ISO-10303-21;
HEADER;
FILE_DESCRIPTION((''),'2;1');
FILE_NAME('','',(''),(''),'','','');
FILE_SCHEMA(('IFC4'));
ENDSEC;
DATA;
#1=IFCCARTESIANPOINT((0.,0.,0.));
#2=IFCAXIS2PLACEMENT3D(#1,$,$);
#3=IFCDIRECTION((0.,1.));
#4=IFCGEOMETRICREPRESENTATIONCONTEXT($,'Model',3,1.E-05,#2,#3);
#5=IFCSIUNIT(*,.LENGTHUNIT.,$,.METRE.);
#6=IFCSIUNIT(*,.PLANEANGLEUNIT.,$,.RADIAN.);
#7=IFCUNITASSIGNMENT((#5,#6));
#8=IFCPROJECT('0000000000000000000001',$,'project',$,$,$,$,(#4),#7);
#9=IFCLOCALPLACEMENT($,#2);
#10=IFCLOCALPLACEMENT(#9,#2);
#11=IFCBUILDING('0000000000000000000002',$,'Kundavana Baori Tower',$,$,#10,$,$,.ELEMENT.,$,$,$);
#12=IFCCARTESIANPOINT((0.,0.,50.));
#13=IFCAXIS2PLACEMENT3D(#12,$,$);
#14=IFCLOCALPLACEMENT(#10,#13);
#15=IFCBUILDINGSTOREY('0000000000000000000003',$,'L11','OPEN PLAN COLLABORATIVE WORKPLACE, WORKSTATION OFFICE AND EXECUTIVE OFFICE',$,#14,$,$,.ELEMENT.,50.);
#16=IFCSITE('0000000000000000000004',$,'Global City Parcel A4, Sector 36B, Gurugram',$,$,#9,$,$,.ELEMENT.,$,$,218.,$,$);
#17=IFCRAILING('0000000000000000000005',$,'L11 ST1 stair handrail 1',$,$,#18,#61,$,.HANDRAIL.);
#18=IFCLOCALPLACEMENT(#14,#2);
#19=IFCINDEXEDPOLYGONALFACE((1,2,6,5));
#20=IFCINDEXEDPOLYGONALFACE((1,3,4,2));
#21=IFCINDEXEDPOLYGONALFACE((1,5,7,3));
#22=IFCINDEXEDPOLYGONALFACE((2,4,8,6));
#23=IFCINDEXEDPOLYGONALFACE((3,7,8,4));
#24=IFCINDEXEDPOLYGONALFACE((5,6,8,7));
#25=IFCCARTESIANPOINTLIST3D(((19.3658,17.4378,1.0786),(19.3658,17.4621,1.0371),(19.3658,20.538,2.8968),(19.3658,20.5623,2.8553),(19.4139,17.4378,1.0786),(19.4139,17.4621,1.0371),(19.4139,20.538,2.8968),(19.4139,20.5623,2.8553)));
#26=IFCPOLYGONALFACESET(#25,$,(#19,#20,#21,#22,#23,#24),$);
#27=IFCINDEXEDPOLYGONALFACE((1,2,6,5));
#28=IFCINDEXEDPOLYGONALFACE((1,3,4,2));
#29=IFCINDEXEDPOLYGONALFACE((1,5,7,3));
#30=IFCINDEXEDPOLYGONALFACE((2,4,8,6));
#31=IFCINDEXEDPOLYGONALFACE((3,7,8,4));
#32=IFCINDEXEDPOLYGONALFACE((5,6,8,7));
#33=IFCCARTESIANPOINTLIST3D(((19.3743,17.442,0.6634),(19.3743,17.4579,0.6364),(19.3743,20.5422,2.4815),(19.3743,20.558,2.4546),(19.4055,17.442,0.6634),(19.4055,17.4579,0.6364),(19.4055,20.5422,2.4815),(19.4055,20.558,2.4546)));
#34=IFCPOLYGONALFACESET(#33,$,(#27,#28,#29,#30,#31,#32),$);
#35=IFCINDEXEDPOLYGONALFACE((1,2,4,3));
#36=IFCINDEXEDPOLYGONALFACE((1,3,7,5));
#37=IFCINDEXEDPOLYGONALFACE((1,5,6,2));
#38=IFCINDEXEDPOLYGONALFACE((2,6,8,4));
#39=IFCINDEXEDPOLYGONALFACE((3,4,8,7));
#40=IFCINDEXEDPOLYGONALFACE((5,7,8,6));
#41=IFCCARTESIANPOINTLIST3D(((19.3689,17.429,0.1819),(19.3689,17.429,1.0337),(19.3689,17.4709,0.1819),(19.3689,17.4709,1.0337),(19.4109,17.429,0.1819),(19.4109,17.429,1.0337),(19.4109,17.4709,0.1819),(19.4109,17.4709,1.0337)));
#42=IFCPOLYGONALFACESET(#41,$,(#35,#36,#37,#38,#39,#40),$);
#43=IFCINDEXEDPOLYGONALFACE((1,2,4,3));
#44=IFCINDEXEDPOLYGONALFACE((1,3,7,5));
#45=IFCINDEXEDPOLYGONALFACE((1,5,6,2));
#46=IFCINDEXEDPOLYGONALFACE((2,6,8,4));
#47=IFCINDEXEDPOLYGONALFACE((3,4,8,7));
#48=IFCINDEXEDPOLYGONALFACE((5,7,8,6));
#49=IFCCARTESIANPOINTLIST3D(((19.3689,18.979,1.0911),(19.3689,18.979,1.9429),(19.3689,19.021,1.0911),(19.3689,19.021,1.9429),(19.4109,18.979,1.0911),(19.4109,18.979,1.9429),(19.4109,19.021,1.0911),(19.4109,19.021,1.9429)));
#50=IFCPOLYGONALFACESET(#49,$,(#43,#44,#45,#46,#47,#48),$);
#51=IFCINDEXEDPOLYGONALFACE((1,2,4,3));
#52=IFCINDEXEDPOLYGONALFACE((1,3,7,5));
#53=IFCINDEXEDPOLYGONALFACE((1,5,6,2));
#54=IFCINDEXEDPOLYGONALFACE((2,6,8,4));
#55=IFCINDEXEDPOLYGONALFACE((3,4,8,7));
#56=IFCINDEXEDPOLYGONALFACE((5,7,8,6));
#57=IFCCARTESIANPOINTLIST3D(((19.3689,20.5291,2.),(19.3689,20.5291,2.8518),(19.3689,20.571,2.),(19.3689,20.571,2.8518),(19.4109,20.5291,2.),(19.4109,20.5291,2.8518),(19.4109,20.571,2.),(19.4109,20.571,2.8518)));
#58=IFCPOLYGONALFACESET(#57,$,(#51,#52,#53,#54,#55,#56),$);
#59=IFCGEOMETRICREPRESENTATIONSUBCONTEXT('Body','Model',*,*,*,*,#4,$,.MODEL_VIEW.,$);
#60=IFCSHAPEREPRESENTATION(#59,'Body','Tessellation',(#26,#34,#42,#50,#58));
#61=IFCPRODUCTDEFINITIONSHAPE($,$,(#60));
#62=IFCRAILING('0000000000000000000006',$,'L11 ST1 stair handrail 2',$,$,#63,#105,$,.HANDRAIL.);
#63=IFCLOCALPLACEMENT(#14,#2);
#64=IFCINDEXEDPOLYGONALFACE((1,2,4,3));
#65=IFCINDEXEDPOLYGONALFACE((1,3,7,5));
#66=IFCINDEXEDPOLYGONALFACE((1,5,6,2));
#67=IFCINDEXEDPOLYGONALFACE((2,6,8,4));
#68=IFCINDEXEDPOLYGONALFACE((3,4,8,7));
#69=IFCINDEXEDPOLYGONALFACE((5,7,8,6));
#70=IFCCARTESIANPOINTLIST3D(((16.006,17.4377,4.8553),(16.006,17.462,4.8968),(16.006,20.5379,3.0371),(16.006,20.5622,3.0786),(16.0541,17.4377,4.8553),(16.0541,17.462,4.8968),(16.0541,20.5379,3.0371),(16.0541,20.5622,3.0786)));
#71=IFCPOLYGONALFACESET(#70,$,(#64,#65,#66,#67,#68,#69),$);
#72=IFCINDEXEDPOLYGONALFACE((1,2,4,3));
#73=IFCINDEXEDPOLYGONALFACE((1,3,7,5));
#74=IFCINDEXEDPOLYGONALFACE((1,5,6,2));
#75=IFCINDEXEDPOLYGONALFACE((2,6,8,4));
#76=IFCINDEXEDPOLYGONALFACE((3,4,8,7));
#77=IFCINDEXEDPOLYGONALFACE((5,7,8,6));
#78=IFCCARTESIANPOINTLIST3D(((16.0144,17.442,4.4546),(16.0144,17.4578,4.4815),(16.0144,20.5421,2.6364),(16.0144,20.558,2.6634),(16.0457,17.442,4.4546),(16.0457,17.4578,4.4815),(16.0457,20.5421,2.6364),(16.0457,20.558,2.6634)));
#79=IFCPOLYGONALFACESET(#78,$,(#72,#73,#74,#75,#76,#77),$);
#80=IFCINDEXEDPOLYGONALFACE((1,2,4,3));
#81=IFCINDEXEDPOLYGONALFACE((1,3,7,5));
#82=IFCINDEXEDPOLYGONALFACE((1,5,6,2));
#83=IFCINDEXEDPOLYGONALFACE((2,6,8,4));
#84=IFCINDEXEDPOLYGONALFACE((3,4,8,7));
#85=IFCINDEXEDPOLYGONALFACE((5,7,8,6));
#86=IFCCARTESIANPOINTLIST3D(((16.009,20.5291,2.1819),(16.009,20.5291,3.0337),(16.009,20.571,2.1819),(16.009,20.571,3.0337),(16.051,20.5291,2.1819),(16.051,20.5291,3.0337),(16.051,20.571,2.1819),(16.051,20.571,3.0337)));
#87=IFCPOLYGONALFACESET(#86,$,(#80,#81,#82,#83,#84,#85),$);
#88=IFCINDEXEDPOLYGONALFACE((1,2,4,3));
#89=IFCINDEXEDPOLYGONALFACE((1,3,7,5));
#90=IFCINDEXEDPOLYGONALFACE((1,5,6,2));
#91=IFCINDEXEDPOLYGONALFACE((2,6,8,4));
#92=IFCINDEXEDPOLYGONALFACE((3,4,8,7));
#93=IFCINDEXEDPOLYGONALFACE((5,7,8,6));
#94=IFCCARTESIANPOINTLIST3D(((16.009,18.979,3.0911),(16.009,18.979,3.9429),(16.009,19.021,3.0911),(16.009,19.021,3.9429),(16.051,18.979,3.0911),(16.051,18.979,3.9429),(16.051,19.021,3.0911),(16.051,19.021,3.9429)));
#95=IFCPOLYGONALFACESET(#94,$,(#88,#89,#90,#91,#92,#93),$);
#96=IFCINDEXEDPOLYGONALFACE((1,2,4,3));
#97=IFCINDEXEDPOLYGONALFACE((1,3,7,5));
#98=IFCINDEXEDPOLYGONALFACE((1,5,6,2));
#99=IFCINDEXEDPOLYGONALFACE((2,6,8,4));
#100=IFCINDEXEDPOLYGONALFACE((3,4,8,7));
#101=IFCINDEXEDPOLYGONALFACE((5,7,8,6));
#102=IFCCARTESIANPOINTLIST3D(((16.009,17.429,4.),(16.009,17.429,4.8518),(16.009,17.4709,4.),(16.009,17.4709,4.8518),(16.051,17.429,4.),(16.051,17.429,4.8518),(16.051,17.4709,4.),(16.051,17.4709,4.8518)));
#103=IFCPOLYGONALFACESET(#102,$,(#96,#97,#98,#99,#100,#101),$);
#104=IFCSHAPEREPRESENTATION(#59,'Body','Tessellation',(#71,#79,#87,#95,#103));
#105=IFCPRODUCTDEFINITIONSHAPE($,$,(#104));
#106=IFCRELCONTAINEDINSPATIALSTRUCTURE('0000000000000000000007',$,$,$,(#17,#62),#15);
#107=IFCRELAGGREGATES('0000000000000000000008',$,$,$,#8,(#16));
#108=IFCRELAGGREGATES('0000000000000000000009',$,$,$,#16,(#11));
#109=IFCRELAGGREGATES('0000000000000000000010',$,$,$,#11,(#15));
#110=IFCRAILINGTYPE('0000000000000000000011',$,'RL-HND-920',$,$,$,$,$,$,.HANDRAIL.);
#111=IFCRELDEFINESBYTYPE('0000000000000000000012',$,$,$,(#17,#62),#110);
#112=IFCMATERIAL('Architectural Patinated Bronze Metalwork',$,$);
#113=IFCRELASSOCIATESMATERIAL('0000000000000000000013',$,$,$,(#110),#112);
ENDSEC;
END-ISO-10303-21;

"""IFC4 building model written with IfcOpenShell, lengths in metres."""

from ifc_helpers import new_model, si_unit, direction, frame, origin, origin_2d, place, context, subcontext, project, spatial, rectangle, extrude, material, type_object, element, save


model = new_model("IFC4")

# Units and contexts
model_context = context("Model", 3, precision=1e-05, world=origin(), true_north=direction((0.0, 1.0)))
body_context = subcontext(model_context, "Body", "Model", "MODEL_VIEW")
ifc_project = project(units=[si_unit("LENGTHUNIT", "METRE"), si_unit("PLANEANGLEUNIT", "RADIAN")], contexts=[model_context])

# Site, building, storey
site_placement = place(None, origin())
site = spatial("IfcSite", under=ifc_project, at=site_placement, Name="Global City Parcel A4, Sector 36B, Gurugram", CompositionType="ELEMENT", RefElevation=218.0)
building_placement = place(site_placement, origin())
building = spatial("IfcBuilding", under=site, at=building_placement, Name="Kundavana Baori Tower", CompositionType="ELEMENT")
storey_placement = place(building_placement, frame((0.0, 0.0, 50.0)))
storey = spatial("IfcBuildingStorey", under=building, at=storey_placement, Name="L11", Description="OPEN PLAN COLLABORATIVE WORKPLACE, WORKSTATION OFFICE AND EXECUTIVE OFFICE", CompositionType="ELEMENT", Elevation=50.0)

# Railings
ifc_material_1 = material(Name="Architectural Patinated Bronze Metalwork")
railing_type_1 = type_object("IfcRailingType", Name="RL-HND-920", PredefinedType="HANDRAIL", material=ifc_material_1)
railing_1_placement = place(storey_placement, frame((19.3899, 17.45, 0.1819)))
element("IfcRailing", 1, at=railing_1_placement, inside=storey, type_object=railing_type_1, Name="L11 ST1 stair handrail 1", PredefinedType="HANDRAIL", context=body_context, shape_type="SweptSolid", body=[
    extrude(rectangle(XDim=0.0481, YDim=0.0481, at=origin_2d()), frame((0.0, 0.0, 0.876), z_axis=(0.0, 0.862599, 0.505889), x_axis=(-1.0, 0.0, 0.0)), (0.0, 0.0, 1.0), 3.594),
    extrude(rectangle(XDim=0.0312, YDim=0.0312, at=origin_2d()), frame((0.0, 0.0, 0.468), z_axis=(0.0, 0.862599, 0.505889), x_axis=(-1.0, 0.0, 0.0)), (0.0, 0.0, 1.0), 3.594),
    extrude(rectangle(XDim=0.042, YDim=0.042, at=origin_2d()), origin(), (0.0, 0.0, 1.0), 0.8518),
    extrude(rectangle(XDim=0.042, YDim=0.042, at=origin_2d()), frame((0.0, 1.55, 0.9092)), (0.0, 0.0, 1.0), 0.8518),
    extrude(rectangle(XDim=0.042, YDim=0.042, at=origin_2d()), frame((0.0, 3.1001, 1.8181)), (0.0, 0.0, 1.0), 0.8518),
])
railing_2_placement = place(storey_placement, frame((16.03, 20.55, 2.1819)))
element("IfcRailing", 2, at=railing_2_placement, inside=storey, type_object=railing_type_1, Name="L11 ST1 stair handrail 2", PredefinedType="HANDRAIL", context=body_context, shape_type="SweptSolid", body=[
    extrude(rectangle(XDim=0.0481, YDim=0.0481, at=origin_2d()), frame((0.0, 0.0, 0.876), z_axis=(0.0, -0.862599, 0.505889), x_axis=(1.0, 0.0, 0.0)), (0.0, 0.0, 1.0), 3.594),
    extrude(rectangle(XDim=0.0312, YDim=0.0312, at=origin_2d()), frame((0.0, 0.0, 0.468), z_axis=(0.0, -0.862599, 0.505889), x_axis=(1.0, 0.0, 0.0)), (0.0, 0.0, 1.0), 3.594),
    extrude(rectangle(XDim=0.042, YDim=0.042, at=origin_2d()), origin(), (0.0, 0.0, 1.0), 0.8518),
    extrude(rectangle(XDim=0.042, YDim=0.042, at=origin_2d()), frame((0.0, -1.55, 0.9092)), (0.0, 0.0, 1.0), 0.8518),
    extrude(rectangle(XDim=0.042, YDim=0.042, at=origin_2d()), frame((0.0, -3.1001, 1.8181)), (0.0, 0.0, 1.0), 0.8518),
])

save(model, "model.ifc")
